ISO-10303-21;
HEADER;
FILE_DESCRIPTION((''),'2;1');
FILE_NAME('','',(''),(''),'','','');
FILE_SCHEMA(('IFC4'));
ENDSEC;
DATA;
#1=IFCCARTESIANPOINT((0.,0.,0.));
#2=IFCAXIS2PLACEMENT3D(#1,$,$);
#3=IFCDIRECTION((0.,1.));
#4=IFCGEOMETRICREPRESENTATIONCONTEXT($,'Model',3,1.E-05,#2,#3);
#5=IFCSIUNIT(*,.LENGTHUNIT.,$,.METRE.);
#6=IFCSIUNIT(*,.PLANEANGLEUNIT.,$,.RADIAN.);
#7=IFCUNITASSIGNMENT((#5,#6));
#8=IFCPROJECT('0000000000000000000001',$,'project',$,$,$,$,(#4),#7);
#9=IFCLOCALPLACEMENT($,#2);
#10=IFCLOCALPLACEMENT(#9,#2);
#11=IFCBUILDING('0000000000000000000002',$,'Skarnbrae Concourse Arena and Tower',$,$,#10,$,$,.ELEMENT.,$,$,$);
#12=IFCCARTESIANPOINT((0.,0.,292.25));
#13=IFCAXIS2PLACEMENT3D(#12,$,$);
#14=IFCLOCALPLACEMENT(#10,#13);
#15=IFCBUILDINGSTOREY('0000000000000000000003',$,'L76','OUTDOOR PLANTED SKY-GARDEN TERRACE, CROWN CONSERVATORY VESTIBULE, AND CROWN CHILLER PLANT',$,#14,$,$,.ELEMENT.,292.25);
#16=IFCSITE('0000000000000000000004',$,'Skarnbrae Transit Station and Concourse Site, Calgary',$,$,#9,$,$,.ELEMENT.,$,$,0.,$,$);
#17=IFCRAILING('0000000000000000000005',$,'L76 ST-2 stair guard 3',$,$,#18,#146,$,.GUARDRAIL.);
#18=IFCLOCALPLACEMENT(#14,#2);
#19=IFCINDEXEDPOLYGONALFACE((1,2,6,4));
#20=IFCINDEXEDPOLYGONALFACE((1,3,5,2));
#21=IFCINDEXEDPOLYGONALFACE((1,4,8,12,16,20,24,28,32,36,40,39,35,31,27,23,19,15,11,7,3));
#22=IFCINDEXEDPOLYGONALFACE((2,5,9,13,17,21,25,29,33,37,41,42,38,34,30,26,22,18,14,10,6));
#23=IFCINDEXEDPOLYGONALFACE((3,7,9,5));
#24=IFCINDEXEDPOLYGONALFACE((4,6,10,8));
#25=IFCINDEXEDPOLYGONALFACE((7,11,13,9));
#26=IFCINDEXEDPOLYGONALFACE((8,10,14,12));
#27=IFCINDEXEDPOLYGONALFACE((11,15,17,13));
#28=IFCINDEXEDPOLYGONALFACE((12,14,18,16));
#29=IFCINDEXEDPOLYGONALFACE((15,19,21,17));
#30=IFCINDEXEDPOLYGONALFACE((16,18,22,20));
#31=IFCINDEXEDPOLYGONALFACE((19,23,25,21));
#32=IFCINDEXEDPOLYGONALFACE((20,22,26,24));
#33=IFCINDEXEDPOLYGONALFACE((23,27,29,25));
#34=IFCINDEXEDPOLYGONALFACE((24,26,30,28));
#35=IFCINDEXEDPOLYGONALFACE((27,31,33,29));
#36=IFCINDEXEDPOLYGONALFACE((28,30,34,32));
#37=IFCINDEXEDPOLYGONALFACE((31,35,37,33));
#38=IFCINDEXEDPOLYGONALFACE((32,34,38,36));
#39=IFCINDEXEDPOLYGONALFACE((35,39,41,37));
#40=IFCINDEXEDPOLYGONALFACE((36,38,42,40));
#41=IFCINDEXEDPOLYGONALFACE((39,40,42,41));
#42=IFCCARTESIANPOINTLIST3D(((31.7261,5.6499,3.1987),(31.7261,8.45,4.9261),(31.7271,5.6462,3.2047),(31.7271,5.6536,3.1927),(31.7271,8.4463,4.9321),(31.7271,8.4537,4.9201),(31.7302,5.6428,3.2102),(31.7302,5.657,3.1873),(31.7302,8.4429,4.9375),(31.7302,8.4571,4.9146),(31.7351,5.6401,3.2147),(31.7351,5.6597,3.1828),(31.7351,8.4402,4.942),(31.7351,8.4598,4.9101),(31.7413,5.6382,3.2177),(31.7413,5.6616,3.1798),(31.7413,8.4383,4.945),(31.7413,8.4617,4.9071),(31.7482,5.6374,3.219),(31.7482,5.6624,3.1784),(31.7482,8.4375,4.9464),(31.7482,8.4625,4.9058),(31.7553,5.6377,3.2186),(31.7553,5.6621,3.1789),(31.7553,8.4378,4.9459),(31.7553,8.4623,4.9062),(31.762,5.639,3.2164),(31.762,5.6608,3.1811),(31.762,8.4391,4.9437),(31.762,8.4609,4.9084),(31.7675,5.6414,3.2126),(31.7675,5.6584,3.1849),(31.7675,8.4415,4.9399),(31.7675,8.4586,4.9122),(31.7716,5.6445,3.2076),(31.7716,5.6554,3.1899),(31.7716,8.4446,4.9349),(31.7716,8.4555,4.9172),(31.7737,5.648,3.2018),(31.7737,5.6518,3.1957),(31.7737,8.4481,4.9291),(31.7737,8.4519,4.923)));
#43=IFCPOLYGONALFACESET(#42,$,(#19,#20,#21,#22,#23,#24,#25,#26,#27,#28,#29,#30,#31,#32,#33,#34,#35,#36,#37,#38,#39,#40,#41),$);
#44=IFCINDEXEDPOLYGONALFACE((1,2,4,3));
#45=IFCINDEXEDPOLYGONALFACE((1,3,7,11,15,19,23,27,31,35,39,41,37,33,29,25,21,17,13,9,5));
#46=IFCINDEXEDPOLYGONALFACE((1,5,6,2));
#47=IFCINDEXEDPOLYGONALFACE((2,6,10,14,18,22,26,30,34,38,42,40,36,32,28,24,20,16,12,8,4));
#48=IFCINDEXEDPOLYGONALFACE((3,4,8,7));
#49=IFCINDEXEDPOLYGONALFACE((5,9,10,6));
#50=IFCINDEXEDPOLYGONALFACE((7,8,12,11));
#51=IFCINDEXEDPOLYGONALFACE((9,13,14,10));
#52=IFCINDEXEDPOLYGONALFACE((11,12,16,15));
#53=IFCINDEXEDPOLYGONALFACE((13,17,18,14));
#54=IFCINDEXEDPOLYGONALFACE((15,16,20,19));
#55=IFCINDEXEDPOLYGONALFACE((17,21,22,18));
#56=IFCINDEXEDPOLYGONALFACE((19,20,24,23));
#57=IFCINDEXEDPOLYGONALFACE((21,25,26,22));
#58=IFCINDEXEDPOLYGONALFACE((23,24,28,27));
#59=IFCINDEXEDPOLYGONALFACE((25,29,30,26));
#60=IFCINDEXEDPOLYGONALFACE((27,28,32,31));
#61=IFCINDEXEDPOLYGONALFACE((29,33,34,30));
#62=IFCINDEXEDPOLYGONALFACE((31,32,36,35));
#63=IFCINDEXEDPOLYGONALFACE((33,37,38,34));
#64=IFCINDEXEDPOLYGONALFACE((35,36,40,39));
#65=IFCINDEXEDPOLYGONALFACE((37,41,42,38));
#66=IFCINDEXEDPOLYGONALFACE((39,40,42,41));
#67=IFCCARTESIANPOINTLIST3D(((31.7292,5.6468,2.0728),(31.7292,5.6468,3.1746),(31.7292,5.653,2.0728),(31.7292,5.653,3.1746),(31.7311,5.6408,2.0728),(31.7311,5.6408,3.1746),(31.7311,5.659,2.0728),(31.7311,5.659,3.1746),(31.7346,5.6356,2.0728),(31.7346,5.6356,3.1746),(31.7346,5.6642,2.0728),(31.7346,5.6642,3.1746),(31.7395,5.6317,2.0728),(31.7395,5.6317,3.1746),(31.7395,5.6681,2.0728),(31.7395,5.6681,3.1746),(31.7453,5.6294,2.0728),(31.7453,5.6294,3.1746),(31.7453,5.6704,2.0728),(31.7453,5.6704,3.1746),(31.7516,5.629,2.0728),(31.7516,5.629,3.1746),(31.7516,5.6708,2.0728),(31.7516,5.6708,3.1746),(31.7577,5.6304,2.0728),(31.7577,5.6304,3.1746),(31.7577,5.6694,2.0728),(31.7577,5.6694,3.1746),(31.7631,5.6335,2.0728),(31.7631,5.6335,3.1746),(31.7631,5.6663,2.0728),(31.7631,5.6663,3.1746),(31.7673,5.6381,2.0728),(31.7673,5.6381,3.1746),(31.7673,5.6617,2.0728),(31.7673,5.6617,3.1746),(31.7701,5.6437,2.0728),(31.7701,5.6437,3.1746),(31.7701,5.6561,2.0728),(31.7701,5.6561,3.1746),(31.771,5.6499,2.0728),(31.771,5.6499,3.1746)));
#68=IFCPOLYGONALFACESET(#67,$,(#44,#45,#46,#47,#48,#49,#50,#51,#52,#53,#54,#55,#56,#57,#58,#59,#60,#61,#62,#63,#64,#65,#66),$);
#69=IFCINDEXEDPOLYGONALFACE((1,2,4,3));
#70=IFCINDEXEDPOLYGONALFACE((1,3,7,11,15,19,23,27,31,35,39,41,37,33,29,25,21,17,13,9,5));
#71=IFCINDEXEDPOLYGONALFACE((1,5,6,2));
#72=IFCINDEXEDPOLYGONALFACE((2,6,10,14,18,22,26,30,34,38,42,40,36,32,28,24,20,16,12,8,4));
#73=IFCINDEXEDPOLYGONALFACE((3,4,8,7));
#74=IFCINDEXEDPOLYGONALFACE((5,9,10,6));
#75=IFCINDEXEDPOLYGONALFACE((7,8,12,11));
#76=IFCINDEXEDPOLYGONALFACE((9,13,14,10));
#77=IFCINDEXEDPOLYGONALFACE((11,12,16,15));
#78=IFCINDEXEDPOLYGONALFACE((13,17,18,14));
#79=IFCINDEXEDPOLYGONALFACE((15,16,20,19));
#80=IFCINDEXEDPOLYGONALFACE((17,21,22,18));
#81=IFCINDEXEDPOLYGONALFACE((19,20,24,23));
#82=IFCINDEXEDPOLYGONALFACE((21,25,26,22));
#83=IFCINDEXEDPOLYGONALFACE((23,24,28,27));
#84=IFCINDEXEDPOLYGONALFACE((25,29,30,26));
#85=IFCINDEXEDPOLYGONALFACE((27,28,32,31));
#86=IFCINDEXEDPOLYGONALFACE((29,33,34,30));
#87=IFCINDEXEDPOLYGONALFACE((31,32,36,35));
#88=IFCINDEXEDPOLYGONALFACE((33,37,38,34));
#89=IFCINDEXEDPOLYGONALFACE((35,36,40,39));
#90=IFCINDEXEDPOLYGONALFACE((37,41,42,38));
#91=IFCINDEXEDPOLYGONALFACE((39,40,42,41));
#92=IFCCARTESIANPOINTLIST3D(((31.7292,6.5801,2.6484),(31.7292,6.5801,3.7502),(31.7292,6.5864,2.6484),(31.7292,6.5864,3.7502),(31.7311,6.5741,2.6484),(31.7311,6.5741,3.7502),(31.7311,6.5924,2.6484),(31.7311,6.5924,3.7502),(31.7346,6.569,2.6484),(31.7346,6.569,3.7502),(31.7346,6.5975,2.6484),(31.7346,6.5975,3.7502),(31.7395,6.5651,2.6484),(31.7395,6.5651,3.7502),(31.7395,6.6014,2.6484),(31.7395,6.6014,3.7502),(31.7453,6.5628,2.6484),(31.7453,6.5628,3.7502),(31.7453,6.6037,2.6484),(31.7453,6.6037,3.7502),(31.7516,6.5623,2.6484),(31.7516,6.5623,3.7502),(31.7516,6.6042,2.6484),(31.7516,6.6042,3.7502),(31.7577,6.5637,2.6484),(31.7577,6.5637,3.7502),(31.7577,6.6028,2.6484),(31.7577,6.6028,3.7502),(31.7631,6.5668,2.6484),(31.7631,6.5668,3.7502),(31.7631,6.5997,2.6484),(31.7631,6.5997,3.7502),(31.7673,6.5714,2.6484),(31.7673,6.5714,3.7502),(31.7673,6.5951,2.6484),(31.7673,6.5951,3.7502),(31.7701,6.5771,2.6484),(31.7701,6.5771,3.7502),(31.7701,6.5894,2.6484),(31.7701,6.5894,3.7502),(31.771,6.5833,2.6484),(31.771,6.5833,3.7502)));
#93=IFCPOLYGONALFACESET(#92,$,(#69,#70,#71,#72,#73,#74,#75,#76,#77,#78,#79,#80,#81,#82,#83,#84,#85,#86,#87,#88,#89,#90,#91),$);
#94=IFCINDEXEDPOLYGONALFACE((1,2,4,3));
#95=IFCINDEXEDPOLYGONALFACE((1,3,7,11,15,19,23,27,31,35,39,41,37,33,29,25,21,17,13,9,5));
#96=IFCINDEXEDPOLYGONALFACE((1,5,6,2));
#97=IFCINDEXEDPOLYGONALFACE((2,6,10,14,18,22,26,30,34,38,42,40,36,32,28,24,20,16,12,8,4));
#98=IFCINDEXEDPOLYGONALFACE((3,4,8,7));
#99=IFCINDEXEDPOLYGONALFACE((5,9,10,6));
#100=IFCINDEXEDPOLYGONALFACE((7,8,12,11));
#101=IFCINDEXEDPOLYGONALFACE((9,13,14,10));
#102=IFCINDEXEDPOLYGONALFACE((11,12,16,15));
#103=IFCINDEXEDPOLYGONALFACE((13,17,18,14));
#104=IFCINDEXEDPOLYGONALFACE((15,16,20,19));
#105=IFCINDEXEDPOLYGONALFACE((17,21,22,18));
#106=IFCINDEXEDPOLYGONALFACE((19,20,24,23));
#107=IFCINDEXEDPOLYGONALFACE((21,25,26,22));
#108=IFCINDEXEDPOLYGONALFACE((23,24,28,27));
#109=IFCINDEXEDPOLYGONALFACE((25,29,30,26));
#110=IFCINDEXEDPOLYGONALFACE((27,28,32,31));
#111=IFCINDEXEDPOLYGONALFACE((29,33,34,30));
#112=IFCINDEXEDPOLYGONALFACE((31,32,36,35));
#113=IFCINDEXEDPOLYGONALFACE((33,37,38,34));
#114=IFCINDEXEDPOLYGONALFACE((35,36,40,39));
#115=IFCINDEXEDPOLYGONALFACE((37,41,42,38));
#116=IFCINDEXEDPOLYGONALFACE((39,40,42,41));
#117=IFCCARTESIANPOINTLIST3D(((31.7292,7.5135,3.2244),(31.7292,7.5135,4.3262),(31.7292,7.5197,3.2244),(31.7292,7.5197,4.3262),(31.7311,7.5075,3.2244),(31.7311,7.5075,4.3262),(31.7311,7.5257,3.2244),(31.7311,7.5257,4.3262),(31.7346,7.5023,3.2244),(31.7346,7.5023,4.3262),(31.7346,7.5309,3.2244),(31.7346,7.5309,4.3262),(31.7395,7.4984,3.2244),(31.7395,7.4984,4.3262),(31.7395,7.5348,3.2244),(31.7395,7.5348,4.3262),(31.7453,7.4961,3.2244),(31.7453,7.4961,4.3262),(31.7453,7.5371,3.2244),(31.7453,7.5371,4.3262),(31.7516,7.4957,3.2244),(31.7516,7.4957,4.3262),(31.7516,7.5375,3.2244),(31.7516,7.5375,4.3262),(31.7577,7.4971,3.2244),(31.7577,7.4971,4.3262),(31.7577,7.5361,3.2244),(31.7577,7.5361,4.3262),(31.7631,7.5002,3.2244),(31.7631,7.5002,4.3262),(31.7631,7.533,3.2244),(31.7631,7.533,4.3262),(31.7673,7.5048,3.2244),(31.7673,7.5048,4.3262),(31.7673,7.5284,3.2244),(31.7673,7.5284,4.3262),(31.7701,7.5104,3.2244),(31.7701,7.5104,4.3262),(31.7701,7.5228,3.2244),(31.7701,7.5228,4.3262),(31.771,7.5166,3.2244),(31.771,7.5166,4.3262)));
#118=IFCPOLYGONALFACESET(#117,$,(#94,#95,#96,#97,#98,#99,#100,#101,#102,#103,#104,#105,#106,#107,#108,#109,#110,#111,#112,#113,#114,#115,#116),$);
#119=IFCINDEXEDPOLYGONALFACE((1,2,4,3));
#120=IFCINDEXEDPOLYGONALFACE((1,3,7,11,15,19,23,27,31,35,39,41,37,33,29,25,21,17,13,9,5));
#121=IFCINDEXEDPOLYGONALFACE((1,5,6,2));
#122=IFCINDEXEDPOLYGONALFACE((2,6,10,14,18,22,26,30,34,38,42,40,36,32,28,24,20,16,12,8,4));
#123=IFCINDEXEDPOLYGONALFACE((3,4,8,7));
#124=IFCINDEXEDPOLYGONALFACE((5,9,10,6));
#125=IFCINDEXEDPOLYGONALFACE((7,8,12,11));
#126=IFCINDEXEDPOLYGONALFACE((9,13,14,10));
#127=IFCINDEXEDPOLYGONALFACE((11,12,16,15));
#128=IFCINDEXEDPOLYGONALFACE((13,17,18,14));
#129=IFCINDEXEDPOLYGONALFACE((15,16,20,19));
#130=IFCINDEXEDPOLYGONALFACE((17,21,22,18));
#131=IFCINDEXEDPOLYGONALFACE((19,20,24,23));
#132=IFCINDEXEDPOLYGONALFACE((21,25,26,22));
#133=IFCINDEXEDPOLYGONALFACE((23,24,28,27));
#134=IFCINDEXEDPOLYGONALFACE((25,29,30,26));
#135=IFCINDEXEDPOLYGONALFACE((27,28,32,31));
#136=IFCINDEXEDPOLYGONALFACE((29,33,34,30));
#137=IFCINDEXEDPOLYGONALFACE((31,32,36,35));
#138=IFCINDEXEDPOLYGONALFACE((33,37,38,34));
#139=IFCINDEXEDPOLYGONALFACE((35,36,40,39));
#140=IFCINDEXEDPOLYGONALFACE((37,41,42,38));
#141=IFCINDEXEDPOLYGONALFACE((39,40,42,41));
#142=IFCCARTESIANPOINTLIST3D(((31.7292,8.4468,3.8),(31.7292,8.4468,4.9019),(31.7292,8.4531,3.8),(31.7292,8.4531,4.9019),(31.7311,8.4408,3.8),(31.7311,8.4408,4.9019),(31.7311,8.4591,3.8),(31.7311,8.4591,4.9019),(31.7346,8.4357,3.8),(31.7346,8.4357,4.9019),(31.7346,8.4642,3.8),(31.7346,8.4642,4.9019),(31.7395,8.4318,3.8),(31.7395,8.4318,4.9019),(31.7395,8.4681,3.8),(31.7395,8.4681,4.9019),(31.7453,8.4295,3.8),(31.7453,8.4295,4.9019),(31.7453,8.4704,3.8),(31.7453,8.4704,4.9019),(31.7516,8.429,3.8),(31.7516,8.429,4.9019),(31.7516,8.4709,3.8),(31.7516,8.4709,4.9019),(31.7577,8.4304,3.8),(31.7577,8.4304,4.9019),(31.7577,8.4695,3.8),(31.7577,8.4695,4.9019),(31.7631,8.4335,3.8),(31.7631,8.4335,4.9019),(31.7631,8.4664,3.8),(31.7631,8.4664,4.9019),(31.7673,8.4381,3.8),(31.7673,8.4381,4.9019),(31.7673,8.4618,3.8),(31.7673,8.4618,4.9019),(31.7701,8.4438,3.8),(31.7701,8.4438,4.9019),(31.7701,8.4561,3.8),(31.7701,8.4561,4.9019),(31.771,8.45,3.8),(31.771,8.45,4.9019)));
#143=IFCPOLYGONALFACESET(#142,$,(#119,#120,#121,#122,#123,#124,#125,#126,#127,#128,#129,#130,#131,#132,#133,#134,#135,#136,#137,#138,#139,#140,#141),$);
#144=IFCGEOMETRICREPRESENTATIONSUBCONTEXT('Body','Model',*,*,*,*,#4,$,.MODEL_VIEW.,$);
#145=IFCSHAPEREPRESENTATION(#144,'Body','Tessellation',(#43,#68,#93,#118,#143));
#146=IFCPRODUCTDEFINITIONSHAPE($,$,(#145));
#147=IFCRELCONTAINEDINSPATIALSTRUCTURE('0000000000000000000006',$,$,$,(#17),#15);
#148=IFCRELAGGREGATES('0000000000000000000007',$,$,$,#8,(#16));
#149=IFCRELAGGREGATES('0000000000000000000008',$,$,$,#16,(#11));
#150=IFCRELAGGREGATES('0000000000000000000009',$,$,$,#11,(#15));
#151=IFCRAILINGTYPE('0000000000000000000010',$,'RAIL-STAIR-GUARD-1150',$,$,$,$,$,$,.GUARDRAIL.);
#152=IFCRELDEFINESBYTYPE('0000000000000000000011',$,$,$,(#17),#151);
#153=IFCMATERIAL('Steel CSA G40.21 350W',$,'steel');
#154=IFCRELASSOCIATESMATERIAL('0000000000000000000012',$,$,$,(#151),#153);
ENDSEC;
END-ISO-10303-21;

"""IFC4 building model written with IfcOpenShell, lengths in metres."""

from ifc_helpers import new_model, si_unit, direction, frame, origin, origin_2d, place, context, subcontext, project, spatial, circle, extrude, material, type_object, element, save


model = new_model("IFC4")

# Units and contexts
model_context = context("Model", 3, precision=1e-05, world=origin(), true_north=direction((0.0, 1.0)))
body_context = subcontext(model_context, "Body", "Model", "MODEL_VIEW")
ifc_project = project(units=[si_unit("LENGTHUNIT", "METRE"), si_unit("PLANEANGLEUNIT", "RADIAN")], contexts=[model_context])

# Site, building, storey
site_placement = place(None, origin())
site = spatial("IfcSite", under=ifc_project, at=site_placement, Name="Skarnbrae Transit Station and Concourse Site, Calgary", CompositionType="ELEMENT", RefElevation=0.0)
building_placement = place(site_placement, origin())
building = spatial("IfcBuilding", under=site, at=building_placement, Name="Skarnbrae Concourse Arena and Tower", CompositionType="ELEMENT")
storey_placement = place(building_placement, frame((0.0, 0.0, 292.25)))
storey = spatial("IfcBuildingStorey", under=building, at=storey_placement, Name="L76", Description="OUTDOOR PLANTED SKY-GARDEN TERRACE, CROWN CONSERVATORY VESTIBULE, AND CROWN CHILLER PLANT", CompositionType="ELEMENT", Elevation=292.25)

# Shared definitions
ifc_material_1 = material(Name="Steel CSA G40.21 350W", Category="steel")

# Railing
railing_type_1 = type_object("IfcRailingType", Name="RAIL-STAIR-GUARD-1150", PredefinedType="GUARDRAIL", material=ifc_material_1)
railing_1_placement = place(storey_placement, frame((31.75, 5.6499, 2.0728)))
element("IfcRailing", 1, at=railing_1_placement, inside=storey, type_object=railing_type_1, Name="L76 ST-2 stair guard 3", PredefinedType="GUARDRAIL", context=body_context, shape_type="SweptSolid", body=[
    extrude(circle(Radius=0.0239, at=origin_2d()), frame((0.0, 0.0, 1.126), z_axis=(0.0, 0.85109, 0.52502), x_axis=(-1.0, 0.0, 0.0)), (0.0, 0.0, 1.0), 3.29),
    extrude(circle(Radius=0.021, at=origin_2d()), origin(), (0.0, 0.0, 1.0), 1.1018),
    extrude(circle(Radius=0.021, at=origin_2d()), frame((0.0, 0.9333, 0.5757)), (0.0, 0.0, 1.0), 1.1018),
    extrude(circle(Radius=0.021, at=origin_2d()), frame((0.0, 1.8667, 1.1516)), (0.0, 0.0, 1.0), 1.1018),
    extrude(circle(Radius=0.021, at=origin_2d()), frame((0.0, 2.8, 1.7273)), (0.0, 0.0, 1.0), 1.1018),
])

save(model, "model.ifc")
